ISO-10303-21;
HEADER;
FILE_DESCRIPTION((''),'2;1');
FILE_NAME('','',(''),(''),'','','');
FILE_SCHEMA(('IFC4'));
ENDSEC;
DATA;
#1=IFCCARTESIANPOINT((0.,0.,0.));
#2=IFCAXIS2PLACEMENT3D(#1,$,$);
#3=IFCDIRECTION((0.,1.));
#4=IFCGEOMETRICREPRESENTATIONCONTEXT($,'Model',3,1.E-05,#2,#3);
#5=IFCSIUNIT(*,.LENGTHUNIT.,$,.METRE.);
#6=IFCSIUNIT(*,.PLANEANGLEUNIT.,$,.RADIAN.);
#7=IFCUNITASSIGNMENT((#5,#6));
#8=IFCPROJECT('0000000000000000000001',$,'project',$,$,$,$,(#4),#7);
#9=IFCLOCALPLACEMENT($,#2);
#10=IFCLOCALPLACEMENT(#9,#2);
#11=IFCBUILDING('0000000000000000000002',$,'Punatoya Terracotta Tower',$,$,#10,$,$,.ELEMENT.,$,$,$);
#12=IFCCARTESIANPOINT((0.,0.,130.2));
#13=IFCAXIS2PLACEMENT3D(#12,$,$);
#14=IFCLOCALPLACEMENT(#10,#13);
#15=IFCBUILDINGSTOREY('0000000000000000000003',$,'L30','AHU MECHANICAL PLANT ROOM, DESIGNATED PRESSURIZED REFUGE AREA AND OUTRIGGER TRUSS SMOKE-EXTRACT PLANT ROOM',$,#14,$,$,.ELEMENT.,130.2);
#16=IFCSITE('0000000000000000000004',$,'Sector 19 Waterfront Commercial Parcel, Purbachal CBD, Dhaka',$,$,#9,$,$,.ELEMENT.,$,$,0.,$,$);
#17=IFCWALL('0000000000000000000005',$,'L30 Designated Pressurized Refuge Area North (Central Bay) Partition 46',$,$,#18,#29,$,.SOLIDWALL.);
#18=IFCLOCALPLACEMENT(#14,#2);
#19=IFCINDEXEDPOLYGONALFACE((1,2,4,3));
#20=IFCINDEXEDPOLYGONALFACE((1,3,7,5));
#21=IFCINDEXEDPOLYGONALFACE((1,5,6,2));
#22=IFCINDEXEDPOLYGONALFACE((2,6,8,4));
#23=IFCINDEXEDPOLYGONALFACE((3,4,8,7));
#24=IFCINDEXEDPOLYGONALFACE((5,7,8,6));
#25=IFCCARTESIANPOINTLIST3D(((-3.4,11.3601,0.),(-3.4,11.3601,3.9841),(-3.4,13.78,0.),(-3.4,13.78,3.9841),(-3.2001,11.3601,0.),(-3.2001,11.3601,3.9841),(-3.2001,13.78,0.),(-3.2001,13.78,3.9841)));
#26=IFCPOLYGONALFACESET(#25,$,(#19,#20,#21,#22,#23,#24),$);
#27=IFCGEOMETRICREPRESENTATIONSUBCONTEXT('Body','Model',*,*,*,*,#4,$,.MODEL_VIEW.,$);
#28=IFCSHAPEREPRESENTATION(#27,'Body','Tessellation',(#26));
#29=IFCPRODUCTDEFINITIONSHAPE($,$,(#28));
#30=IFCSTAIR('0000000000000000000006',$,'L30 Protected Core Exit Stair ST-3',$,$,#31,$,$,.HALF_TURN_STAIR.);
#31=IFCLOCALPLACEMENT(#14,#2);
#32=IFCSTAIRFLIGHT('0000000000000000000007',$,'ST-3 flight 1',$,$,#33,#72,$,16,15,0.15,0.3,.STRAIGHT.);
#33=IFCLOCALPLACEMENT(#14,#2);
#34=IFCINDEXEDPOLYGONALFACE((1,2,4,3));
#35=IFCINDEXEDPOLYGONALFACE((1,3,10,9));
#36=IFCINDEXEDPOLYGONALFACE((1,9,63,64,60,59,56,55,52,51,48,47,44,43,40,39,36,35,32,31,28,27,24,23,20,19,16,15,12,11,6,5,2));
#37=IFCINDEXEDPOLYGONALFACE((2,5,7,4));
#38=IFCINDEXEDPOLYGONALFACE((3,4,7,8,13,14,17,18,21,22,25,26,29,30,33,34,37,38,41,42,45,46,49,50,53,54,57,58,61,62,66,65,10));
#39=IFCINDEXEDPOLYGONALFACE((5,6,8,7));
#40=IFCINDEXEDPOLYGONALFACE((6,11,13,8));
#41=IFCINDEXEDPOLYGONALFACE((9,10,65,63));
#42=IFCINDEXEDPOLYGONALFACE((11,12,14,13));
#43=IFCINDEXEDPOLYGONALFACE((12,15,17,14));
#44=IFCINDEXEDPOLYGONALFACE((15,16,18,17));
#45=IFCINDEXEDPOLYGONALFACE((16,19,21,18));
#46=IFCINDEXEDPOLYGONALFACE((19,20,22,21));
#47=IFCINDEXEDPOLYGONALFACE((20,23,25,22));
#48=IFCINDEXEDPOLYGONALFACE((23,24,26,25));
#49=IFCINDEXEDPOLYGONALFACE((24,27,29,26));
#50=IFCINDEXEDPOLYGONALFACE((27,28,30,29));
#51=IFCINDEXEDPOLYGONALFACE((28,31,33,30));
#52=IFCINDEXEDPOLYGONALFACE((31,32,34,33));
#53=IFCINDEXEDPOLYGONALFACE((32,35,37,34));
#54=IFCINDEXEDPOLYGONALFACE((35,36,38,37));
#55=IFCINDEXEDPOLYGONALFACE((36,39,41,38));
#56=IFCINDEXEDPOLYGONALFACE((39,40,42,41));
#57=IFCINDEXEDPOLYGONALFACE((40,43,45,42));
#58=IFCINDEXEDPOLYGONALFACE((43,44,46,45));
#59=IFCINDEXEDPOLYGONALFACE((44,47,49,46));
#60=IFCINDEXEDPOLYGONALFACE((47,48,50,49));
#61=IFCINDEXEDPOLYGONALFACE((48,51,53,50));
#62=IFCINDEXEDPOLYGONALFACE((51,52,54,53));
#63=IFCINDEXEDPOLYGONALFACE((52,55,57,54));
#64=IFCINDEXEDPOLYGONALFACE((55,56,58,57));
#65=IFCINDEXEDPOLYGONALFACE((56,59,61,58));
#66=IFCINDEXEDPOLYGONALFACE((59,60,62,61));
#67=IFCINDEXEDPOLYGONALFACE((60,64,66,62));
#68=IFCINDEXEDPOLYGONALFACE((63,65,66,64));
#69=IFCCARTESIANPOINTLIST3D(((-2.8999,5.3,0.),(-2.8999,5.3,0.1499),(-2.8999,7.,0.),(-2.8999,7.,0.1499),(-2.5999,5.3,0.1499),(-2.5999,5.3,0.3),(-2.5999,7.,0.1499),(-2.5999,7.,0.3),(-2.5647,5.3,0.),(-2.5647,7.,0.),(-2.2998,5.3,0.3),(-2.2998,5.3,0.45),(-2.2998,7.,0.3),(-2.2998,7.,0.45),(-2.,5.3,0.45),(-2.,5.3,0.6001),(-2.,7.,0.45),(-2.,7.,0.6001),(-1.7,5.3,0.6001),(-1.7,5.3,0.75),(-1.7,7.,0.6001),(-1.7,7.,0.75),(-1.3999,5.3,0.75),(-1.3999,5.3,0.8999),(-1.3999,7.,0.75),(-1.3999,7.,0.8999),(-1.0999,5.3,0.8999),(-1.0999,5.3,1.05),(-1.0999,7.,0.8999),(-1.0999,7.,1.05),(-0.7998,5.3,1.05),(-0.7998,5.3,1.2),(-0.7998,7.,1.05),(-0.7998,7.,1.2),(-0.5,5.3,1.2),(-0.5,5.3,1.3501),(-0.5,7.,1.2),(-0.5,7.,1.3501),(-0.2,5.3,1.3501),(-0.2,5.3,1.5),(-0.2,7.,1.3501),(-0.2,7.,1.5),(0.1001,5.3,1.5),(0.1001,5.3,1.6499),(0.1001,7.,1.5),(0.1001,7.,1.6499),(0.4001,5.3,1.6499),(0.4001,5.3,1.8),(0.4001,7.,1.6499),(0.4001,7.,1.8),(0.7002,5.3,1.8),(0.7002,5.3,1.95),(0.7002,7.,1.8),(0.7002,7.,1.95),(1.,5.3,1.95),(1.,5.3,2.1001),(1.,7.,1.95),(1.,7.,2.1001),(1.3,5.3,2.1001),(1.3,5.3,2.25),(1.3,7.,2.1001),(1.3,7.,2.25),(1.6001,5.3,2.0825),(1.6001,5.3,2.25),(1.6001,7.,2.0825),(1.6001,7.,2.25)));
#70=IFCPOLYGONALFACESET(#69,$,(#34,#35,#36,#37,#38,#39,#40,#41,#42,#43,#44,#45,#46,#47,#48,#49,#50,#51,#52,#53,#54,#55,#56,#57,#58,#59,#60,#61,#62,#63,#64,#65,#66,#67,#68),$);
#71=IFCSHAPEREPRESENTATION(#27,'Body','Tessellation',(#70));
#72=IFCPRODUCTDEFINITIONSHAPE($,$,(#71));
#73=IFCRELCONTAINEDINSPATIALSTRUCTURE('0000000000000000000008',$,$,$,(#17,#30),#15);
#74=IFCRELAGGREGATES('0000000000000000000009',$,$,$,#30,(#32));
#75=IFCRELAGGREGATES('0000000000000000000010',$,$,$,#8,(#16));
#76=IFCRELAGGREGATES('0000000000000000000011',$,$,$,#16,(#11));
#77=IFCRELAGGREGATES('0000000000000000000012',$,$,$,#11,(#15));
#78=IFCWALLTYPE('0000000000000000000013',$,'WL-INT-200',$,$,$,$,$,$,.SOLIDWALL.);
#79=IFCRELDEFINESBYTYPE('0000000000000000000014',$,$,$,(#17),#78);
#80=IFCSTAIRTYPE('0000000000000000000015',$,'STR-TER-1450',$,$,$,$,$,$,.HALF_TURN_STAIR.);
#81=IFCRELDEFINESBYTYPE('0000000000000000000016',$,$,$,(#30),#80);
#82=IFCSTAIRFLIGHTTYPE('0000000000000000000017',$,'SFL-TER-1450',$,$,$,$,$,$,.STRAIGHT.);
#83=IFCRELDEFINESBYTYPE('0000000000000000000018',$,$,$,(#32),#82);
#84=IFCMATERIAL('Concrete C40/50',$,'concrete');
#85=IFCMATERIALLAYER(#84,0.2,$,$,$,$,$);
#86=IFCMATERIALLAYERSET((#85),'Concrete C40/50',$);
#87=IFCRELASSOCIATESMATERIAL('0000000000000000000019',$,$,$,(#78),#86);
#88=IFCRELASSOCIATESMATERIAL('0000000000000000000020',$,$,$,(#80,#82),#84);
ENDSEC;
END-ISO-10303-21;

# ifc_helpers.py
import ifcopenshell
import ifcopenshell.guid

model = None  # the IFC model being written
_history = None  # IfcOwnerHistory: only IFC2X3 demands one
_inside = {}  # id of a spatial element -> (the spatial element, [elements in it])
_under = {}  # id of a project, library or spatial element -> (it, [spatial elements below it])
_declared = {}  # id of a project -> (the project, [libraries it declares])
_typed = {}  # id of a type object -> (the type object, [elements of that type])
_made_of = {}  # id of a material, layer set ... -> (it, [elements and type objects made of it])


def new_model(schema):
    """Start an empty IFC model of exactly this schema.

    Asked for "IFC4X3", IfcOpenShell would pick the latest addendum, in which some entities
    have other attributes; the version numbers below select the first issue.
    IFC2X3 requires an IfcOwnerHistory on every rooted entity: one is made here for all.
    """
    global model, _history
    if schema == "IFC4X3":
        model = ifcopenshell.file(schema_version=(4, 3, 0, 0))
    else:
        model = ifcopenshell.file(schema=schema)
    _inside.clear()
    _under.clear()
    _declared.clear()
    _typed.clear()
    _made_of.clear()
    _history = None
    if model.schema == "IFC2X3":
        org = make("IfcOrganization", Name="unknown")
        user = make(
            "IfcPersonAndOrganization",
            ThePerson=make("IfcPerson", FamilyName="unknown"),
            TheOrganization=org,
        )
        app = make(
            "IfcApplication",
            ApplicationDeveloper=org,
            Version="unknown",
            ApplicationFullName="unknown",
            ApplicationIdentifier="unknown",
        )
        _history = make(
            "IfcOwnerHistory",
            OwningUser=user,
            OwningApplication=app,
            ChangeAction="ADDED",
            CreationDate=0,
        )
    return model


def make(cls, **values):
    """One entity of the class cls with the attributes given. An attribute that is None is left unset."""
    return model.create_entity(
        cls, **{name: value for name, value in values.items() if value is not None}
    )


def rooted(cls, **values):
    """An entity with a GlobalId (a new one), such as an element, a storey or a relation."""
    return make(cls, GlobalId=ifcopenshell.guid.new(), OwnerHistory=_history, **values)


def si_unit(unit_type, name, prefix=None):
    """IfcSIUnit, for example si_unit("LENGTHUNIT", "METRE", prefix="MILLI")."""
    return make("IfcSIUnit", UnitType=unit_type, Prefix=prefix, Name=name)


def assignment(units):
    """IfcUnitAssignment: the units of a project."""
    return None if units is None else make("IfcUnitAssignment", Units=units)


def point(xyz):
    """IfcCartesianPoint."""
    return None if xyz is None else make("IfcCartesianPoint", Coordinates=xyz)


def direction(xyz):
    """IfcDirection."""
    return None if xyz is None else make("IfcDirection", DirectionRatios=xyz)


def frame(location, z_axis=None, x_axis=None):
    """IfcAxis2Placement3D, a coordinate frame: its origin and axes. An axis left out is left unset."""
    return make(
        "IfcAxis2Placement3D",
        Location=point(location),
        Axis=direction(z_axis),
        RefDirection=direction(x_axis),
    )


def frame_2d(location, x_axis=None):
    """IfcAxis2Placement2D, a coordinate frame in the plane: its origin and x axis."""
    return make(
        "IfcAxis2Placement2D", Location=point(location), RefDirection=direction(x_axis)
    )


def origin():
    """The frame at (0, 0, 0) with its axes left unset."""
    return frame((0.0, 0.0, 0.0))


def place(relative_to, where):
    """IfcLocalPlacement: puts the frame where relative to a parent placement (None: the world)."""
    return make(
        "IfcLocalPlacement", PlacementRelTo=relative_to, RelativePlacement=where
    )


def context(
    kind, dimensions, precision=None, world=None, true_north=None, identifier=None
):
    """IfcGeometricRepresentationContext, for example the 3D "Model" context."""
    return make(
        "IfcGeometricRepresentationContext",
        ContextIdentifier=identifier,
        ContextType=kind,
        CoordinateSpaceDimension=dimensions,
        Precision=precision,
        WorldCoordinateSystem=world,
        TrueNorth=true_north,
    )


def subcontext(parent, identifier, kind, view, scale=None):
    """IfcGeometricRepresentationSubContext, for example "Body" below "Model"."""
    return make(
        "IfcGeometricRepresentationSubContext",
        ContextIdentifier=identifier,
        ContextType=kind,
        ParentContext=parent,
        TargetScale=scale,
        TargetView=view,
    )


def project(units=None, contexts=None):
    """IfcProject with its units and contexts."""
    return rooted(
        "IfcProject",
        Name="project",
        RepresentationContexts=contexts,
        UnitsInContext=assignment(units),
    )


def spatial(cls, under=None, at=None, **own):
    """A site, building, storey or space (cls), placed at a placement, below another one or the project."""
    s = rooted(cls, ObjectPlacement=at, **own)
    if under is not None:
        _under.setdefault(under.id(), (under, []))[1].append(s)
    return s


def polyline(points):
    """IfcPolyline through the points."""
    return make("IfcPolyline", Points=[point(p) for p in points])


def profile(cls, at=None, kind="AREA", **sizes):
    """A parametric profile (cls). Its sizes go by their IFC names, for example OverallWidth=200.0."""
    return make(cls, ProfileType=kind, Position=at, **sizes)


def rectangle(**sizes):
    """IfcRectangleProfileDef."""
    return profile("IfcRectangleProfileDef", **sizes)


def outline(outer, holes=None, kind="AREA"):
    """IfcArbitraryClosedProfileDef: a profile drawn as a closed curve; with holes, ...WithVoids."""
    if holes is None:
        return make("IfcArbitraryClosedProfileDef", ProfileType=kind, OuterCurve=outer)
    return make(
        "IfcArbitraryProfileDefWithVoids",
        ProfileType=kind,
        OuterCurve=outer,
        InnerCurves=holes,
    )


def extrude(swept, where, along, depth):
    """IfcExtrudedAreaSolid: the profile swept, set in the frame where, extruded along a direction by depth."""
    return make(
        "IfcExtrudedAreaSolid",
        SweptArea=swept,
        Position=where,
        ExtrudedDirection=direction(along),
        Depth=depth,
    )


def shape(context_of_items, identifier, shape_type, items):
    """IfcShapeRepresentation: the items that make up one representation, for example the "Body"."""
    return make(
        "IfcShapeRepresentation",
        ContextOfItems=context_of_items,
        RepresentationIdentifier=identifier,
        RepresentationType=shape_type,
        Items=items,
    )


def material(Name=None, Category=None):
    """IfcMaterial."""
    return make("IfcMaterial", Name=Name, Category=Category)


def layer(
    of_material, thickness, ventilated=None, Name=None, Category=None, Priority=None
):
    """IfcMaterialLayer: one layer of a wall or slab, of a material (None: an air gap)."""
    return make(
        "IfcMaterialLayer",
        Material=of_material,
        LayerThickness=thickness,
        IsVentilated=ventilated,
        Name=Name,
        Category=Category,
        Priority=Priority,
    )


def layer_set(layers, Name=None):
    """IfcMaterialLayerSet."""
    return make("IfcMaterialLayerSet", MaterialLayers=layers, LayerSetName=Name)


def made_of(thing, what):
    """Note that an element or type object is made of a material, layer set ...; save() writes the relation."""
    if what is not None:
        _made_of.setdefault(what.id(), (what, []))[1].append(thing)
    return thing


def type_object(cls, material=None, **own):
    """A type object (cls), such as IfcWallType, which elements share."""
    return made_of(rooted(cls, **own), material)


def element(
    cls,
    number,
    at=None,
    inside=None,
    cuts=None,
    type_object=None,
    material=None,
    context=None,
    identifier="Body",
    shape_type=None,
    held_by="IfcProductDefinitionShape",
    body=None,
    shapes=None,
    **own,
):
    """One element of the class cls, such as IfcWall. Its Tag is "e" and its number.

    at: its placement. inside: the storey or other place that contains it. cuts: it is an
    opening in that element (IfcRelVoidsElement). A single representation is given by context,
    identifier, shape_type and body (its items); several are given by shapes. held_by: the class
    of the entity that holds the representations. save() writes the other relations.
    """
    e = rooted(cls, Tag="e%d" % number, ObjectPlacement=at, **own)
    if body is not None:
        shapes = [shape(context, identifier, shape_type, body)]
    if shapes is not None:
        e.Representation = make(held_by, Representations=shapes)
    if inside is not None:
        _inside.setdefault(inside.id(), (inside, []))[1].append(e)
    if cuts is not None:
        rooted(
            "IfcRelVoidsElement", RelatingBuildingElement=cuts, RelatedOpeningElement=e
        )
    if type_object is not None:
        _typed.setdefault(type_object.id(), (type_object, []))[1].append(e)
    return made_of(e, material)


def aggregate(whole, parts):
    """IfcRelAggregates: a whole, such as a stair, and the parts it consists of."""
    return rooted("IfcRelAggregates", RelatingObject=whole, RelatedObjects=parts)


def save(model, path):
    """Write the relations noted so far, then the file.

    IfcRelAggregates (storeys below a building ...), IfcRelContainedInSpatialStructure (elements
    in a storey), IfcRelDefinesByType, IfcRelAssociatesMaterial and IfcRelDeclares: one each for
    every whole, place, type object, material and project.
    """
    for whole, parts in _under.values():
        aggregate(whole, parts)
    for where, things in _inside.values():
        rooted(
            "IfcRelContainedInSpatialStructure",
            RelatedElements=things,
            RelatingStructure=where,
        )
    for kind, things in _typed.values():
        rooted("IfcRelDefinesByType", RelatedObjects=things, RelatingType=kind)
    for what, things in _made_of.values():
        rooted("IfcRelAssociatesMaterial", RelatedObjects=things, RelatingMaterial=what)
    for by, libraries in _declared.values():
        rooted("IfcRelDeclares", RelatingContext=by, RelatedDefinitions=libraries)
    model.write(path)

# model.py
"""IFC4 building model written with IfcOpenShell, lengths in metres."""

from ifc_helpers import new_model, si_unit, direction, frame, frame_2d, origin, place, context, subcontext, project, spatial, polyline, rectangle, outline, extrude, material, layer, layer_set, type_object, element, aggregate, save


model = new_model("IFC4")

# Units and contexts
model_context = context("Model", 3, precision=1e-05, world=origin(), true_north=direction((0.0, 1.0)))
body_context = subcontext(model_context, "Body", "Model", "MODEL_VIEW")
ifc_project = project(units=[si_unit("LENGTHUNIT", "METRE"), si_unit("PLANEANGLEUNIT", "RADIAN")], contexts=[model_context])

# Site, building, storey
site_placement = place(None, origin())
site = spatial("IfcSite", under=ifc_project, at=site_placement, Name="Sector 19 Waterfront Commercial Parcel, Purbachal CBD, Dhaka", CompositionType="ELEMENT", RefElevation=0.0)
building_placement = place(site_placement, origin())
building = spatial("IfcBuilding", under=site, at=building_placement, Name="Punatoya Terracotta Tower", CompositionType="ELEMENT")
storey_placement = place(building_placement, frame((0.0, 0.0, 130.2)))
storey = spatial("IfcBuildingStorey", under=building, at=storey_placement, Name="L30", Description="AHU MECHANICAL PLANT ROOM, DESIGNATED PRESSURIZED REFUGE AREA AND OUTRIGGER TRUSS SMOKE-EXTRACT PLANT ROOM", CompositionType="ELEMENT", Elevation=130.2)

# Shared definitions
ifc_material_1 = material(Name="Concrete C40/50", Category="concrete")
ifc_layer_1 = layer(ifc_material_1, 0.2)
ifc_layer_set_1 = layer_set([ifc_layer_1], Name="Concrete C40/50")
wall_type_1 = type_object("IfcWallType", Name="WL-INT-200", PredefinedType="SOLIDWALL", material=ifc_layer_set_1)

# Wall
wall_1_placement = place(storey_placement, frame((-3.3, 11.3601, 0.0), z_axis=(0.0, 0.0, 1.0), x_axis=(0.0, 1.0, 0.0)))
element("IfcWall", 1, at=wall_1_placement, inside=storey, type_object=wall_type_1, Name="L30 Designated Pressurized Refuge Area North (Central Bay) Partition 46", PredefinedType="SOLIDWALL", context=body_context, shape_type="SweptSolid", body=[
    extrude(rectangle(XDim=2.4199, YDim=0.2, at=frame_2d((1.21, 0.0))), origin(), (0.0, 0.0, 1.0), 3.9841),
])

# Stair, stair flight
stair_type = type_object("IfcStairType", Name="STR-TER-1450", PredefinedType="HALF_TURN_STAIR", material=ifc_material_1)
stair_placement = place(storey_placement, origin())
stair = element("IfcStair", 2, at=stair_placement, inside=storey, type_object=stair_type, Name="L30 Protected Core Exit Stair ST-3", PredefinedType="HALF_TURN_STAIR")
stair_flight_type = type_object("IfcStairFlightType", Name="SFL-TER-1450", PredefinedType="STRAIGHT", material=ifc_material_1)
stair_flight_placement = place(storey_placement, frame((-2.8999, 6.1499, 0.0), z_axis=(0.0, 0.0, 1.0), x_axis=(1.0, 0.0, 0.0)))
stair_flight = element("IfcStairFlight", 3, at=stair_flight_placement, type_object=stair_flight_type, Name="ST-3 flight 1", NumberOfRisers=16, NumberOfTreads=15, PredefinedType="STRAIGHT", RiserHeight=0.15, TreadLength=0.3, context=body_context, shape_type="SweptSolid", body=[
    extrude(outline(polyline([(0.0, 0.0), (0.0, 0.1499), (0.3, 0.1499), (0.3, 0.3), (0.6001, 0.3), (0.6001, 0.45), (0.8999, 0.45), (0.8999, 0.6001), (1.2, 0.6001), (1.2, 0.75), (1.5, 0.75), (1.5, 0.8999), (1.8, 0.8999), (1.8, 1.05), (2.1001, 1.05), (2.1001, 1.2), (2.3999, 1.2), (2.3999, 1.3501), (2.7, 1.3501), (2.7, 1.5), (3.0, 1.5), (3.0, 1.6499), (3.3, 1.6499), (3.3, 1.8), (3.6001, 1.8), (3.6001, 1.95), (3.8999, 1.95), (3.8999, 2.1001), (4.2, 2.1001), (4.2, 2.25), (4.5, 2.25), (4.5, 2.3999), (4.5, 2.0825), (0.3352, 0.0), (0.0, 0.0)])), frame((0.0, 0.8501, 0.0), z_axis=(0.0, -1.0, 0.0), x_axis=(1.0, 0.0, 0.0)), (0.0, 0.0, 1.0), 1.7),
])
aggregate(stair, [stair_flight])

save(model, "model.ifc")
